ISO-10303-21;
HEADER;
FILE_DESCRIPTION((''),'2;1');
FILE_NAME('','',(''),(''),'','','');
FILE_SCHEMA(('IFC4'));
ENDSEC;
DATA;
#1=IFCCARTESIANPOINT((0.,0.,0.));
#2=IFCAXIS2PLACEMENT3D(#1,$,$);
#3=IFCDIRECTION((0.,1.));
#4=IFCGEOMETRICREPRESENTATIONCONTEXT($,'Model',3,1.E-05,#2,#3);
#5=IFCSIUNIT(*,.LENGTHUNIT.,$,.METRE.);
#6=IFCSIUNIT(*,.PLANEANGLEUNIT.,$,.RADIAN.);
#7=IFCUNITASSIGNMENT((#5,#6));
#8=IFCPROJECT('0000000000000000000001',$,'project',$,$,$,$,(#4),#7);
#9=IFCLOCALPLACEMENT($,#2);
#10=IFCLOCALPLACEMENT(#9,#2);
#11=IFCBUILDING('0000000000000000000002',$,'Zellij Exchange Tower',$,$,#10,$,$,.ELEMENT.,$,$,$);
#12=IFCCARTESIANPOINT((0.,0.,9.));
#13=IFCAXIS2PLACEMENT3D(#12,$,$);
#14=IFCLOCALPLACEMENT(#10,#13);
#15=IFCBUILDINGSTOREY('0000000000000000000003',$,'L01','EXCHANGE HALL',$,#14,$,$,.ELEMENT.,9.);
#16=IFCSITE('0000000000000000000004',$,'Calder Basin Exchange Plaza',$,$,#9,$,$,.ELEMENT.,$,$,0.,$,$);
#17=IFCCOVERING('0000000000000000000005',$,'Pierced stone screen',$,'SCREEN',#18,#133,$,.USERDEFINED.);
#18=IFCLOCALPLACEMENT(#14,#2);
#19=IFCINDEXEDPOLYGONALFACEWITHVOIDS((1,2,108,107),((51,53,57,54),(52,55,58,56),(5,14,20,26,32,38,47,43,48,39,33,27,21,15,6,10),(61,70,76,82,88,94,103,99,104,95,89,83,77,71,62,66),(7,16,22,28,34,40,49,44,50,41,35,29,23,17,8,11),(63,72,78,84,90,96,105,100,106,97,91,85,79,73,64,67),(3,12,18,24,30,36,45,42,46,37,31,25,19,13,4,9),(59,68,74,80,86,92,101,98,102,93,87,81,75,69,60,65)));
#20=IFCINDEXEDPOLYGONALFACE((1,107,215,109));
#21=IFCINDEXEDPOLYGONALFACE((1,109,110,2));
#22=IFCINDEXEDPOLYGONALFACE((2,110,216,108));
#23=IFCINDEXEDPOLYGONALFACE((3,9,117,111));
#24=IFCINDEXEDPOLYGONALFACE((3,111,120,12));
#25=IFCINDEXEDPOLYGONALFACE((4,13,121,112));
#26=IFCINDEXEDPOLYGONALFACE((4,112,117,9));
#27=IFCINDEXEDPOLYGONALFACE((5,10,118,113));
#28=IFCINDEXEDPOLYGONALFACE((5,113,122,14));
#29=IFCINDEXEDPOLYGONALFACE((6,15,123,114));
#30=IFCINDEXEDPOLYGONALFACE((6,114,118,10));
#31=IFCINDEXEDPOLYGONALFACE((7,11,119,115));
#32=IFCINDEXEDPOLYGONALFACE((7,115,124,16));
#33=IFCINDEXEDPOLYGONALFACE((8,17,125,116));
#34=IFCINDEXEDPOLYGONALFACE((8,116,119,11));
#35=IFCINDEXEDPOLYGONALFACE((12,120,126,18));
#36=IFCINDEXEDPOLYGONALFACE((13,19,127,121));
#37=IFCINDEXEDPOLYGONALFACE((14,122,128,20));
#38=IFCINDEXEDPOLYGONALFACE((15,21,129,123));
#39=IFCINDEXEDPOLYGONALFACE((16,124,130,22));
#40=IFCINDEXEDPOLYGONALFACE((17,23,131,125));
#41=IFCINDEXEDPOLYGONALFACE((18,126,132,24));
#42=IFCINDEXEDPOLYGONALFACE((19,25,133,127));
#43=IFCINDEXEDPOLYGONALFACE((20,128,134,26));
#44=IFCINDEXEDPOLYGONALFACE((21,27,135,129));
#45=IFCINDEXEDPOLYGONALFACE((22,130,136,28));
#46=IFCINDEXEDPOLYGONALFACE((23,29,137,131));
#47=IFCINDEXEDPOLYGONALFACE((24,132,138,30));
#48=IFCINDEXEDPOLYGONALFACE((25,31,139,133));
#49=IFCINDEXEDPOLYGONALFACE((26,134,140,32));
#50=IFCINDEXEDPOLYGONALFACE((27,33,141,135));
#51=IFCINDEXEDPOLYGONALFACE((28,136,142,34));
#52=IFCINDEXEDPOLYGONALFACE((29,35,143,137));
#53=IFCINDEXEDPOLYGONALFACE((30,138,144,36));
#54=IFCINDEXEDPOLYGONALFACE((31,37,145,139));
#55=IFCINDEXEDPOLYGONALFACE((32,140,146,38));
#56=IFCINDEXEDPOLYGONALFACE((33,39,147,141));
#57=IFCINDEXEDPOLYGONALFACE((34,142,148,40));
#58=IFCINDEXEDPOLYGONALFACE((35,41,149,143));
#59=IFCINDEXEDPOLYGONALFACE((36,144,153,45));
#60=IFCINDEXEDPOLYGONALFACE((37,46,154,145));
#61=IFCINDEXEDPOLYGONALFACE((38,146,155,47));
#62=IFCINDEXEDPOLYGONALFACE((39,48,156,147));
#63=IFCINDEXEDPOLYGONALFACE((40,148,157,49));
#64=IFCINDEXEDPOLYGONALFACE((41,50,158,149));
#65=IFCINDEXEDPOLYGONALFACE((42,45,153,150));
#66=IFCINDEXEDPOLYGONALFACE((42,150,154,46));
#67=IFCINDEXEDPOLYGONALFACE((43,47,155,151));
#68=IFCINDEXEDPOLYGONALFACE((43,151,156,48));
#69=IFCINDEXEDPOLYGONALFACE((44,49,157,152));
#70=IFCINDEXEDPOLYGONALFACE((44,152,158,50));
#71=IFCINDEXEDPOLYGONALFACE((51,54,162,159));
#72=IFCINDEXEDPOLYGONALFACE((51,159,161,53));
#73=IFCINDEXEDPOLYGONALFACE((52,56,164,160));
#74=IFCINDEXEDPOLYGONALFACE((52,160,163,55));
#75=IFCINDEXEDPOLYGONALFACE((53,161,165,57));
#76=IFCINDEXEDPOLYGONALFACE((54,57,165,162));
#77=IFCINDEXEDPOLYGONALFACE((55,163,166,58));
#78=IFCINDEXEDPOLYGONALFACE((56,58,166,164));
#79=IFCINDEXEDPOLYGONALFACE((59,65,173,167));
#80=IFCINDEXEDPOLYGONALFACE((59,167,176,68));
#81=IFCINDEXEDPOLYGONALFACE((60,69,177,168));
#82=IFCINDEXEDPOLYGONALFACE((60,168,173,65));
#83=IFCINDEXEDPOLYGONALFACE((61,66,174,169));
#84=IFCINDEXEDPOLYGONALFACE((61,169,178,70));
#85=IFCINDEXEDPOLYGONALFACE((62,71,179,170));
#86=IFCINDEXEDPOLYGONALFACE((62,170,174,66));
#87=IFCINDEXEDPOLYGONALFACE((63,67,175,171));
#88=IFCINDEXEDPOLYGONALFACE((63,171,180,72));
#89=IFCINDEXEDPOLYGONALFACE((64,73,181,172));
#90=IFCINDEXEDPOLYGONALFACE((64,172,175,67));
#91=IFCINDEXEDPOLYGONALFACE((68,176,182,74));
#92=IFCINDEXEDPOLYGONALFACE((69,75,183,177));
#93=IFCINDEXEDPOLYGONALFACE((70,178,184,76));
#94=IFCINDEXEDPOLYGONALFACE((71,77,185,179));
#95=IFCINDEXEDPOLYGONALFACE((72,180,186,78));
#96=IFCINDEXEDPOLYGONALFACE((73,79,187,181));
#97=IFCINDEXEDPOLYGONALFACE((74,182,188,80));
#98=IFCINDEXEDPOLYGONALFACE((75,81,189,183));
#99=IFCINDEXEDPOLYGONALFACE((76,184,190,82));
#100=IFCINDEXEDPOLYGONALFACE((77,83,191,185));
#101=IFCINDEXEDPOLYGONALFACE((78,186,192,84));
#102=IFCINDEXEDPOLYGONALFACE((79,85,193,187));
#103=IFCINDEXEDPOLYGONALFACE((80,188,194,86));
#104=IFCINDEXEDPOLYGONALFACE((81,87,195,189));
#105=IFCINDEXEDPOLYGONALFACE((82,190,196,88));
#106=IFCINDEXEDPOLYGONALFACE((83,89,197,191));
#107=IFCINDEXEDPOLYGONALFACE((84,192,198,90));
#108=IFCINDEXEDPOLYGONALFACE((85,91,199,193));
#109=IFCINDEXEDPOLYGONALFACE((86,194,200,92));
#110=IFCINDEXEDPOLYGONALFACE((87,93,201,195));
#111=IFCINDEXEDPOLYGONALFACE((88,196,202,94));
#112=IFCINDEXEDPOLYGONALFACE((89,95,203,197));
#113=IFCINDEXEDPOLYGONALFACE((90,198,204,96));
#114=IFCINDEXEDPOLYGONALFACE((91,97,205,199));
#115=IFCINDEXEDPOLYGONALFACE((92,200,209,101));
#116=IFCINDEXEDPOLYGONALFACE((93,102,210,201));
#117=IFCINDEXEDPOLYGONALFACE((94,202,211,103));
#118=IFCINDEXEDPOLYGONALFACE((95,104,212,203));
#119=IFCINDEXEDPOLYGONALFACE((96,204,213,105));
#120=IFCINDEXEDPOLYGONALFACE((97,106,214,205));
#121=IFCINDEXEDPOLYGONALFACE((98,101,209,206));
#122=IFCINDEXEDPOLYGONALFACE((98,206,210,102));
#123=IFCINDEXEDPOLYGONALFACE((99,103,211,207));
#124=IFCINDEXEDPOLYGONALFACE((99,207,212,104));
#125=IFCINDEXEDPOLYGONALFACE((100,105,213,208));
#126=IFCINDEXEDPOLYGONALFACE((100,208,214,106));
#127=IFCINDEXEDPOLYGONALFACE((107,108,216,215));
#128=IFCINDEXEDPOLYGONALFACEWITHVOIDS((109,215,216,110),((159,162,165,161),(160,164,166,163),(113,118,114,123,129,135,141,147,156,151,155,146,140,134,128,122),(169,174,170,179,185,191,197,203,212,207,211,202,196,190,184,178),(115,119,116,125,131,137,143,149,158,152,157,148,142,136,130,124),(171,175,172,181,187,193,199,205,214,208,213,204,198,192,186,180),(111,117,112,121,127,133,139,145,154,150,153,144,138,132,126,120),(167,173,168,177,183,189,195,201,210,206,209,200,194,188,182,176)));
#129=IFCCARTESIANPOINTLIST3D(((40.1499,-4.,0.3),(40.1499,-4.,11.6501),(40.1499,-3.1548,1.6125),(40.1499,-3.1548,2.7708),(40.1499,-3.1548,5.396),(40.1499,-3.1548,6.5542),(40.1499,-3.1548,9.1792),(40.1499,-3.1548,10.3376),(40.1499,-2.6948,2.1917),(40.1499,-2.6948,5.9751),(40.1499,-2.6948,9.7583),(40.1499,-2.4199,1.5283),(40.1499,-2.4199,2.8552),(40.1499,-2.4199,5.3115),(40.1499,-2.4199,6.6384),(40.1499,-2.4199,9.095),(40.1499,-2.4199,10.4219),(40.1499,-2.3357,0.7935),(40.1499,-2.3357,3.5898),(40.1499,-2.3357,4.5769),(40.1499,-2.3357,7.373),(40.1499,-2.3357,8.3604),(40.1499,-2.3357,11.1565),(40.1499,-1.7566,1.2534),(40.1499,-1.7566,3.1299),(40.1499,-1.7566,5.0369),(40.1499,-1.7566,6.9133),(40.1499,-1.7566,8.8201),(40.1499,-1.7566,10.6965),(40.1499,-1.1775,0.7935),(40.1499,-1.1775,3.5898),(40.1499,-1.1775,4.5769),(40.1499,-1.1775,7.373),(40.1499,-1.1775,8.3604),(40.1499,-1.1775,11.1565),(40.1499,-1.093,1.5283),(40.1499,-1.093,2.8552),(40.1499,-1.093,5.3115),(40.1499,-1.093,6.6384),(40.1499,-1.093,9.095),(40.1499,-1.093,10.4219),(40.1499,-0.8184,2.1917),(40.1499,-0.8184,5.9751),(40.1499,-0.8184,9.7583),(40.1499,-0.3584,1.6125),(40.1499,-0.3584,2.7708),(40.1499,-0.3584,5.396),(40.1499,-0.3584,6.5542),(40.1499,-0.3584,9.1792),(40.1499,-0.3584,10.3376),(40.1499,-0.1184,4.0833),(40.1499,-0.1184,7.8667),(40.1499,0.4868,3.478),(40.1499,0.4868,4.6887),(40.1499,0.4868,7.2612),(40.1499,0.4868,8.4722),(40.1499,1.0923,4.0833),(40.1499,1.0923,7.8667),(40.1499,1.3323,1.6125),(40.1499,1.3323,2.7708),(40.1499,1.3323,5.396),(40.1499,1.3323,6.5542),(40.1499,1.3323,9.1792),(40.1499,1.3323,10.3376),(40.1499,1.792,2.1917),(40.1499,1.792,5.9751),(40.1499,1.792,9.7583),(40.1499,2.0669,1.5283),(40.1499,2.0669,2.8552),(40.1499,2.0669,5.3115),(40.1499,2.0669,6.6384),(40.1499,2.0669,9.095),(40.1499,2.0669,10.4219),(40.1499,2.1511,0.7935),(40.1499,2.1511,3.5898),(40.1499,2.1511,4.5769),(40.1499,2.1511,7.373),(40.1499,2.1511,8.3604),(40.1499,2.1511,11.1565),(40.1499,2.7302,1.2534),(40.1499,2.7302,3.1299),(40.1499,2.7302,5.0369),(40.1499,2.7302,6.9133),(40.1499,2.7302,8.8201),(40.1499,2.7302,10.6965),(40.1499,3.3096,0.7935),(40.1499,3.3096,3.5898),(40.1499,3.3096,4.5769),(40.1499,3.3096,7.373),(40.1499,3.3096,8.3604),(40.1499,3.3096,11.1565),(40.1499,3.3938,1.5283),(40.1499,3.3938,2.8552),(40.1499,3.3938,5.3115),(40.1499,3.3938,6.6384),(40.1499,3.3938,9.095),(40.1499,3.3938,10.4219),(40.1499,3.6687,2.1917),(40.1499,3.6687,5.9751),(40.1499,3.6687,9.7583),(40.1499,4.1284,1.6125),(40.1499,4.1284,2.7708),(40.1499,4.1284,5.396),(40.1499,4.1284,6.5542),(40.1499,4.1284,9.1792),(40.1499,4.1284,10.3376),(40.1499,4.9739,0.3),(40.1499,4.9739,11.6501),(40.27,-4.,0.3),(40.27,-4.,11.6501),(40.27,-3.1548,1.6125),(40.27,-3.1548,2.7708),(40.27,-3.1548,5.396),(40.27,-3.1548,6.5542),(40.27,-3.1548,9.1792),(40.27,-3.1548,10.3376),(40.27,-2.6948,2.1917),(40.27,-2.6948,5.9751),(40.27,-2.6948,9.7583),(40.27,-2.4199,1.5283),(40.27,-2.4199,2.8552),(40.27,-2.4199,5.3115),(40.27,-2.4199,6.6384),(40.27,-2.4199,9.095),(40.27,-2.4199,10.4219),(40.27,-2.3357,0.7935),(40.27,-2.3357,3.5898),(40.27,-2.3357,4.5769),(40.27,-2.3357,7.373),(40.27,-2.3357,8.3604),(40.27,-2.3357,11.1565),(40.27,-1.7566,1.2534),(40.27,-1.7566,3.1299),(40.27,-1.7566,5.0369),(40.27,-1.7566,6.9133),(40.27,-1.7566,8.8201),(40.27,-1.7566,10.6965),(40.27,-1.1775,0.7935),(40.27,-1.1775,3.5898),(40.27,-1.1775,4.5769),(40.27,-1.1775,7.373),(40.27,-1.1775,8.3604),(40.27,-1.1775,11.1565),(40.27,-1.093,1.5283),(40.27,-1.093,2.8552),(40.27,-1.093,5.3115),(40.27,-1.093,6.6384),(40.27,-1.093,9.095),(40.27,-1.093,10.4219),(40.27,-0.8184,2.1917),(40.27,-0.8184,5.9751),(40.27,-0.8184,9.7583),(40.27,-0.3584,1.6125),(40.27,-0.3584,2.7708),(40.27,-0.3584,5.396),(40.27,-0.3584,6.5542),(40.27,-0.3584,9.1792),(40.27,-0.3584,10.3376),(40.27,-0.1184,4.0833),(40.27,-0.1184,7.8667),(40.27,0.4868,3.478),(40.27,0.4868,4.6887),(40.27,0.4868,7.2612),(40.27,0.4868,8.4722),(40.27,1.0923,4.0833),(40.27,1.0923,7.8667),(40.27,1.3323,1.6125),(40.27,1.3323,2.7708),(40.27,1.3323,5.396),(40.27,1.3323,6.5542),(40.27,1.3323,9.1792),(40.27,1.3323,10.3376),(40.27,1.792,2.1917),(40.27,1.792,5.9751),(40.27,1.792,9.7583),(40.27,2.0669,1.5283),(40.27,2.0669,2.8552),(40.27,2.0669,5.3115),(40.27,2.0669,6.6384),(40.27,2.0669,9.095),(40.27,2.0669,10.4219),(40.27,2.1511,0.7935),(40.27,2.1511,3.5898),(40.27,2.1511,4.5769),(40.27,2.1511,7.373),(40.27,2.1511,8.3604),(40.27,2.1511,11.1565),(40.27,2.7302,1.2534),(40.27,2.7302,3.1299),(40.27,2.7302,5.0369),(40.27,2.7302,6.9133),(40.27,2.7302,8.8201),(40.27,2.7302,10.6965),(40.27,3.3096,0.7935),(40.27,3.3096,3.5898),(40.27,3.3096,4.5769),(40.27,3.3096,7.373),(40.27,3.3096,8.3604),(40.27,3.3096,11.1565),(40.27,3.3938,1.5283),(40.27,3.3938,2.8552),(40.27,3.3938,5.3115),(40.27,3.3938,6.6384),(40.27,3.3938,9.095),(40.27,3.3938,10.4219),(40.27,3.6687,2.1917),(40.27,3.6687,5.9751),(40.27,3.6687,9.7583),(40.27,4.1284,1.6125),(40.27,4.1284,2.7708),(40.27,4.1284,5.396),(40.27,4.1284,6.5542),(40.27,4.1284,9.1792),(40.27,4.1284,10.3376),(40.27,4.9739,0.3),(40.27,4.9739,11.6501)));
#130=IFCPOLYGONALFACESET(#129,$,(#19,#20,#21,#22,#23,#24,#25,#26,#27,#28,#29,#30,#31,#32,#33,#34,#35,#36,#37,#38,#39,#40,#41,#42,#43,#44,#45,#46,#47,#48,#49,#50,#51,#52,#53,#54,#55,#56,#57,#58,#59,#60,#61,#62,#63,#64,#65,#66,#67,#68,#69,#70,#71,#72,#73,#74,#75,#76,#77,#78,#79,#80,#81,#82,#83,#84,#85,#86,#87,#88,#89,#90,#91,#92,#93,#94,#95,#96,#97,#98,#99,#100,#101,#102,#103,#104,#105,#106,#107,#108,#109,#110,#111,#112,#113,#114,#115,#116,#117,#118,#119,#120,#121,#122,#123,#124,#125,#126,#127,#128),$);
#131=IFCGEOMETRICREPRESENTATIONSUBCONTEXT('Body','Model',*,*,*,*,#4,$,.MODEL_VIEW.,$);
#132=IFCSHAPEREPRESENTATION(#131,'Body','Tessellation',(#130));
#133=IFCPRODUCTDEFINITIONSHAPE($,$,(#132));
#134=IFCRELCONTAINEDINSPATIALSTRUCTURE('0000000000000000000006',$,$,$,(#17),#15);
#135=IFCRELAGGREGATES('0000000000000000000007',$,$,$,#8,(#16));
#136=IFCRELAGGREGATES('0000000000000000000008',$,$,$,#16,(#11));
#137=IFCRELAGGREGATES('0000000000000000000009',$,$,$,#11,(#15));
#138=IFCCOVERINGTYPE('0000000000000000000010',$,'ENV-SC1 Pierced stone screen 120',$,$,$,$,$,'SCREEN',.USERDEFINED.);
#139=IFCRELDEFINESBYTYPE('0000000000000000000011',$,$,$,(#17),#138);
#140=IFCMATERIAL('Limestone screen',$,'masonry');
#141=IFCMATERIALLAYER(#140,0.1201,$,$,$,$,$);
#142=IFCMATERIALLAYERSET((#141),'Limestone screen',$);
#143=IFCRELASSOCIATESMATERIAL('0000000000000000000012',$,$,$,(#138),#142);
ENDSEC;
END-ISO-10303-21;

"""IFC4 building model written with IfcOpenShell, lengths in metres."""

from ifc_helpers import new_model, si_unit, direction, frame, origin, place, context, subcontext, project, spatial, polyline, outline, extrude, material, layer, layer_set, type_object, element, save


model = new_model("IFC4")

# Units and contexts
model_context = context("Model", 3, precision=1e-05, world=origin(), true_north=direction((0.0, 1.0)))
body_context = subcontext(model_context, "Body", "Model", "MODEL_VIEW")
ifc_project = project(units=[si_unit("LENGTHUNIT", "METRE"), si_unit("PLANEANGLEUNIT", "RADIAN")], contexts=[model_context])

# Site, building, storey
site_placement = place(None, origin())
site = spatial("IfcSite", under=ifc_project, at=site_placement, Name="Calder Basin Exchange Plaza", CompositionType="ELEMENT", RefElevation=0.0)
building_placement = place(site_placement, origin())
building = spatial("IfcBuilding", under=site, at=building_placement, Name="Zellij Exchange Tower", CompositionType="ELEMENT")
storey_placement = place(building_placement, frame((0.0, 0.0, 9.0)))
storey = spatial("IfcBuildingStorey", under=building, at=storey_placement, Name="L01", Description="EXCHANGE HALL", CompositionType="ELEMENT", Elevation=9.0)

# Covering
ifc_material_1 = material(Name="Limestone screen", Category="masonry")
ifc_layer_1 = layer(ifc_material_1, 0.1201)
ifc_layer_set_1 = layer_set([ifc_layer_1], Name="Limestone screen")
covering_type = type_object("IfcCoveringType", Name="ENV-SC1 Pierced stone screen 120", ElementType="SCREEN", PredefinedType="USERDEFINED", material=ifc_layer_set_1)
covering_1_placement = place(storey_placement, frame((40.21, -4.0, 0.3), z_axis=(0.0, 0.0, 1.0), x_axis=(0.0, 1.0, 0.0)))
element("IfcCovering", 1, at=covering_1_placement, inside=storey, type_object=covering_type, Name="Pierced stone screen", ObjectType="SCREEN", PredefinedType="USERDEFINED", context=body_context, shape_type="SweptSolid", body=[
    extrude(outline(polyline([(0.0, 0.0), (8.9739, 0.0), (8.9739, 11.3501), (0.0, 11.3501), (0.0, 0.0)]), holes=[polyline([(3.6416, 2.4707), (2.907, 2.5552), (2.8225, 3.2898), (2.2434, 2.8298), (1.6643, 3.2898), (1.5801, 2.5552), (0.8452, 2.4707), (1.3052, 1.8916), (0.8452, 1.3125), (1.5801, 1.2283), (1.6643, 0.4934), (2.2434, 0.9534), (2.8225, 0.4934), (2.907, 1.2283), (3.6416, 1.3125), (3.1816, 1.8916), (3.6416, 2.4707)]), polyline([(3.6416, 6.2542), (2.907, 6.3384), (2.8225, 7.073), (2.2434, 6.6133), (1.6643, 7.073), (1.5801, 6.3384), (0.8452, 6.2542), (1.3052, 5.675), (0.8452, 5.0959), (1.5801, 5.0115), (1.6643, 4.2769), (2.2434, 4.7368), (2.8225, 4.2769), (2.907, 5.0115), (3.6416, 5.0959), (3.1816, 5.675), (3.6416, 6.2542)]), polyline([(3.6416, 10.0376), (2.907, 10.1218), (2.8225, 10.8564), (2.2434, 10.3965), (1.6643, 10.8564), (1.5801, 10.1218), (0.8452, 10.0376), (1.3052, 9.4583), (0.8452, 8.8792), (1.5801, 8.7949), (1.6643, 8.0603), (2.2434, 8.52), (2.8225, 8.0603), (2.907, 8.7949), (3.6416, 8.8792), (3.1816, 9.4583), (3.6416, 10.0376)]), polyline([(8.1284, 2.4707), (7.3938, 2.5552), (7.3096, 3.2898), (6.7302, 2.8298), (6.1511, 3.2898), (6.0669, 2.5552), (5.3323, 2.4707), (5.792, 1.8916), (5.3323, 1.3125), (6.0669, 1.2283), (6.1511, 0.4934), (6.7302, 0.9534), (7.3096, 0.4934), (7.3938, 1.2283), (8.1284, 1.3125), (7.6687, 1.8916), (8.1284, 2.4707)]), polyline([(8.1284, 6.2542), (7.3938, 6.3384), (7.3096, 7.073), (6.7302, 6.6133), (6.1511, 7.073), (6.0669, 6.3384), (5.3323, 6.2542), (5.792, 5.675), (5.3323, 5.0959), (6.0669, 5.0115), (6.1511, 4.2769), (6.7302, 4.7368), (7.3096, 4.2769), (7.3938, 5.0115), (8.1284, 5.0959), (7.6687, 5.675), (8.1284, 6.2542)]), polyline([(8.1284, 10.0376), (7.3938, 10.1218), (7.3096, 10.8564), (6.7302, 10.3965), (6.1511, 10.8564), (6.0669, 10.1218), (5.3323, 10.0376), (5.792, 9.4583), (5.3323, 8.8792), (6.0669, 8.7949), (6.1511, 8.0603), (6.7302, 8.52), (7.3096, 8.0603), (7.3938, 8.7949), (8.1284, 8.8792), (7.6687, 9.4583), (8.1284, 10.0376)]), polyline([(5.0923, 3.7832), (4.4868, 4.3887), (3.8816, 3.7832), (4.4868, 3.178), (5.0923, 3.7832)]), polyline([(5.0923, 7.5667), (4.4868, 8.1721), (3.8816, 7.5667), (4.4868, 6.9612), (5.0923, 7.5667)])]), frame((0.0, 0.0601, 0.0), z_axis=(0.0, -1.0, 0.0), x_axis=(1.0, 0.0, 0.0)), (0.0, 0.0, 1.0), 0.1201),
])

save(model, "model.ifc")
